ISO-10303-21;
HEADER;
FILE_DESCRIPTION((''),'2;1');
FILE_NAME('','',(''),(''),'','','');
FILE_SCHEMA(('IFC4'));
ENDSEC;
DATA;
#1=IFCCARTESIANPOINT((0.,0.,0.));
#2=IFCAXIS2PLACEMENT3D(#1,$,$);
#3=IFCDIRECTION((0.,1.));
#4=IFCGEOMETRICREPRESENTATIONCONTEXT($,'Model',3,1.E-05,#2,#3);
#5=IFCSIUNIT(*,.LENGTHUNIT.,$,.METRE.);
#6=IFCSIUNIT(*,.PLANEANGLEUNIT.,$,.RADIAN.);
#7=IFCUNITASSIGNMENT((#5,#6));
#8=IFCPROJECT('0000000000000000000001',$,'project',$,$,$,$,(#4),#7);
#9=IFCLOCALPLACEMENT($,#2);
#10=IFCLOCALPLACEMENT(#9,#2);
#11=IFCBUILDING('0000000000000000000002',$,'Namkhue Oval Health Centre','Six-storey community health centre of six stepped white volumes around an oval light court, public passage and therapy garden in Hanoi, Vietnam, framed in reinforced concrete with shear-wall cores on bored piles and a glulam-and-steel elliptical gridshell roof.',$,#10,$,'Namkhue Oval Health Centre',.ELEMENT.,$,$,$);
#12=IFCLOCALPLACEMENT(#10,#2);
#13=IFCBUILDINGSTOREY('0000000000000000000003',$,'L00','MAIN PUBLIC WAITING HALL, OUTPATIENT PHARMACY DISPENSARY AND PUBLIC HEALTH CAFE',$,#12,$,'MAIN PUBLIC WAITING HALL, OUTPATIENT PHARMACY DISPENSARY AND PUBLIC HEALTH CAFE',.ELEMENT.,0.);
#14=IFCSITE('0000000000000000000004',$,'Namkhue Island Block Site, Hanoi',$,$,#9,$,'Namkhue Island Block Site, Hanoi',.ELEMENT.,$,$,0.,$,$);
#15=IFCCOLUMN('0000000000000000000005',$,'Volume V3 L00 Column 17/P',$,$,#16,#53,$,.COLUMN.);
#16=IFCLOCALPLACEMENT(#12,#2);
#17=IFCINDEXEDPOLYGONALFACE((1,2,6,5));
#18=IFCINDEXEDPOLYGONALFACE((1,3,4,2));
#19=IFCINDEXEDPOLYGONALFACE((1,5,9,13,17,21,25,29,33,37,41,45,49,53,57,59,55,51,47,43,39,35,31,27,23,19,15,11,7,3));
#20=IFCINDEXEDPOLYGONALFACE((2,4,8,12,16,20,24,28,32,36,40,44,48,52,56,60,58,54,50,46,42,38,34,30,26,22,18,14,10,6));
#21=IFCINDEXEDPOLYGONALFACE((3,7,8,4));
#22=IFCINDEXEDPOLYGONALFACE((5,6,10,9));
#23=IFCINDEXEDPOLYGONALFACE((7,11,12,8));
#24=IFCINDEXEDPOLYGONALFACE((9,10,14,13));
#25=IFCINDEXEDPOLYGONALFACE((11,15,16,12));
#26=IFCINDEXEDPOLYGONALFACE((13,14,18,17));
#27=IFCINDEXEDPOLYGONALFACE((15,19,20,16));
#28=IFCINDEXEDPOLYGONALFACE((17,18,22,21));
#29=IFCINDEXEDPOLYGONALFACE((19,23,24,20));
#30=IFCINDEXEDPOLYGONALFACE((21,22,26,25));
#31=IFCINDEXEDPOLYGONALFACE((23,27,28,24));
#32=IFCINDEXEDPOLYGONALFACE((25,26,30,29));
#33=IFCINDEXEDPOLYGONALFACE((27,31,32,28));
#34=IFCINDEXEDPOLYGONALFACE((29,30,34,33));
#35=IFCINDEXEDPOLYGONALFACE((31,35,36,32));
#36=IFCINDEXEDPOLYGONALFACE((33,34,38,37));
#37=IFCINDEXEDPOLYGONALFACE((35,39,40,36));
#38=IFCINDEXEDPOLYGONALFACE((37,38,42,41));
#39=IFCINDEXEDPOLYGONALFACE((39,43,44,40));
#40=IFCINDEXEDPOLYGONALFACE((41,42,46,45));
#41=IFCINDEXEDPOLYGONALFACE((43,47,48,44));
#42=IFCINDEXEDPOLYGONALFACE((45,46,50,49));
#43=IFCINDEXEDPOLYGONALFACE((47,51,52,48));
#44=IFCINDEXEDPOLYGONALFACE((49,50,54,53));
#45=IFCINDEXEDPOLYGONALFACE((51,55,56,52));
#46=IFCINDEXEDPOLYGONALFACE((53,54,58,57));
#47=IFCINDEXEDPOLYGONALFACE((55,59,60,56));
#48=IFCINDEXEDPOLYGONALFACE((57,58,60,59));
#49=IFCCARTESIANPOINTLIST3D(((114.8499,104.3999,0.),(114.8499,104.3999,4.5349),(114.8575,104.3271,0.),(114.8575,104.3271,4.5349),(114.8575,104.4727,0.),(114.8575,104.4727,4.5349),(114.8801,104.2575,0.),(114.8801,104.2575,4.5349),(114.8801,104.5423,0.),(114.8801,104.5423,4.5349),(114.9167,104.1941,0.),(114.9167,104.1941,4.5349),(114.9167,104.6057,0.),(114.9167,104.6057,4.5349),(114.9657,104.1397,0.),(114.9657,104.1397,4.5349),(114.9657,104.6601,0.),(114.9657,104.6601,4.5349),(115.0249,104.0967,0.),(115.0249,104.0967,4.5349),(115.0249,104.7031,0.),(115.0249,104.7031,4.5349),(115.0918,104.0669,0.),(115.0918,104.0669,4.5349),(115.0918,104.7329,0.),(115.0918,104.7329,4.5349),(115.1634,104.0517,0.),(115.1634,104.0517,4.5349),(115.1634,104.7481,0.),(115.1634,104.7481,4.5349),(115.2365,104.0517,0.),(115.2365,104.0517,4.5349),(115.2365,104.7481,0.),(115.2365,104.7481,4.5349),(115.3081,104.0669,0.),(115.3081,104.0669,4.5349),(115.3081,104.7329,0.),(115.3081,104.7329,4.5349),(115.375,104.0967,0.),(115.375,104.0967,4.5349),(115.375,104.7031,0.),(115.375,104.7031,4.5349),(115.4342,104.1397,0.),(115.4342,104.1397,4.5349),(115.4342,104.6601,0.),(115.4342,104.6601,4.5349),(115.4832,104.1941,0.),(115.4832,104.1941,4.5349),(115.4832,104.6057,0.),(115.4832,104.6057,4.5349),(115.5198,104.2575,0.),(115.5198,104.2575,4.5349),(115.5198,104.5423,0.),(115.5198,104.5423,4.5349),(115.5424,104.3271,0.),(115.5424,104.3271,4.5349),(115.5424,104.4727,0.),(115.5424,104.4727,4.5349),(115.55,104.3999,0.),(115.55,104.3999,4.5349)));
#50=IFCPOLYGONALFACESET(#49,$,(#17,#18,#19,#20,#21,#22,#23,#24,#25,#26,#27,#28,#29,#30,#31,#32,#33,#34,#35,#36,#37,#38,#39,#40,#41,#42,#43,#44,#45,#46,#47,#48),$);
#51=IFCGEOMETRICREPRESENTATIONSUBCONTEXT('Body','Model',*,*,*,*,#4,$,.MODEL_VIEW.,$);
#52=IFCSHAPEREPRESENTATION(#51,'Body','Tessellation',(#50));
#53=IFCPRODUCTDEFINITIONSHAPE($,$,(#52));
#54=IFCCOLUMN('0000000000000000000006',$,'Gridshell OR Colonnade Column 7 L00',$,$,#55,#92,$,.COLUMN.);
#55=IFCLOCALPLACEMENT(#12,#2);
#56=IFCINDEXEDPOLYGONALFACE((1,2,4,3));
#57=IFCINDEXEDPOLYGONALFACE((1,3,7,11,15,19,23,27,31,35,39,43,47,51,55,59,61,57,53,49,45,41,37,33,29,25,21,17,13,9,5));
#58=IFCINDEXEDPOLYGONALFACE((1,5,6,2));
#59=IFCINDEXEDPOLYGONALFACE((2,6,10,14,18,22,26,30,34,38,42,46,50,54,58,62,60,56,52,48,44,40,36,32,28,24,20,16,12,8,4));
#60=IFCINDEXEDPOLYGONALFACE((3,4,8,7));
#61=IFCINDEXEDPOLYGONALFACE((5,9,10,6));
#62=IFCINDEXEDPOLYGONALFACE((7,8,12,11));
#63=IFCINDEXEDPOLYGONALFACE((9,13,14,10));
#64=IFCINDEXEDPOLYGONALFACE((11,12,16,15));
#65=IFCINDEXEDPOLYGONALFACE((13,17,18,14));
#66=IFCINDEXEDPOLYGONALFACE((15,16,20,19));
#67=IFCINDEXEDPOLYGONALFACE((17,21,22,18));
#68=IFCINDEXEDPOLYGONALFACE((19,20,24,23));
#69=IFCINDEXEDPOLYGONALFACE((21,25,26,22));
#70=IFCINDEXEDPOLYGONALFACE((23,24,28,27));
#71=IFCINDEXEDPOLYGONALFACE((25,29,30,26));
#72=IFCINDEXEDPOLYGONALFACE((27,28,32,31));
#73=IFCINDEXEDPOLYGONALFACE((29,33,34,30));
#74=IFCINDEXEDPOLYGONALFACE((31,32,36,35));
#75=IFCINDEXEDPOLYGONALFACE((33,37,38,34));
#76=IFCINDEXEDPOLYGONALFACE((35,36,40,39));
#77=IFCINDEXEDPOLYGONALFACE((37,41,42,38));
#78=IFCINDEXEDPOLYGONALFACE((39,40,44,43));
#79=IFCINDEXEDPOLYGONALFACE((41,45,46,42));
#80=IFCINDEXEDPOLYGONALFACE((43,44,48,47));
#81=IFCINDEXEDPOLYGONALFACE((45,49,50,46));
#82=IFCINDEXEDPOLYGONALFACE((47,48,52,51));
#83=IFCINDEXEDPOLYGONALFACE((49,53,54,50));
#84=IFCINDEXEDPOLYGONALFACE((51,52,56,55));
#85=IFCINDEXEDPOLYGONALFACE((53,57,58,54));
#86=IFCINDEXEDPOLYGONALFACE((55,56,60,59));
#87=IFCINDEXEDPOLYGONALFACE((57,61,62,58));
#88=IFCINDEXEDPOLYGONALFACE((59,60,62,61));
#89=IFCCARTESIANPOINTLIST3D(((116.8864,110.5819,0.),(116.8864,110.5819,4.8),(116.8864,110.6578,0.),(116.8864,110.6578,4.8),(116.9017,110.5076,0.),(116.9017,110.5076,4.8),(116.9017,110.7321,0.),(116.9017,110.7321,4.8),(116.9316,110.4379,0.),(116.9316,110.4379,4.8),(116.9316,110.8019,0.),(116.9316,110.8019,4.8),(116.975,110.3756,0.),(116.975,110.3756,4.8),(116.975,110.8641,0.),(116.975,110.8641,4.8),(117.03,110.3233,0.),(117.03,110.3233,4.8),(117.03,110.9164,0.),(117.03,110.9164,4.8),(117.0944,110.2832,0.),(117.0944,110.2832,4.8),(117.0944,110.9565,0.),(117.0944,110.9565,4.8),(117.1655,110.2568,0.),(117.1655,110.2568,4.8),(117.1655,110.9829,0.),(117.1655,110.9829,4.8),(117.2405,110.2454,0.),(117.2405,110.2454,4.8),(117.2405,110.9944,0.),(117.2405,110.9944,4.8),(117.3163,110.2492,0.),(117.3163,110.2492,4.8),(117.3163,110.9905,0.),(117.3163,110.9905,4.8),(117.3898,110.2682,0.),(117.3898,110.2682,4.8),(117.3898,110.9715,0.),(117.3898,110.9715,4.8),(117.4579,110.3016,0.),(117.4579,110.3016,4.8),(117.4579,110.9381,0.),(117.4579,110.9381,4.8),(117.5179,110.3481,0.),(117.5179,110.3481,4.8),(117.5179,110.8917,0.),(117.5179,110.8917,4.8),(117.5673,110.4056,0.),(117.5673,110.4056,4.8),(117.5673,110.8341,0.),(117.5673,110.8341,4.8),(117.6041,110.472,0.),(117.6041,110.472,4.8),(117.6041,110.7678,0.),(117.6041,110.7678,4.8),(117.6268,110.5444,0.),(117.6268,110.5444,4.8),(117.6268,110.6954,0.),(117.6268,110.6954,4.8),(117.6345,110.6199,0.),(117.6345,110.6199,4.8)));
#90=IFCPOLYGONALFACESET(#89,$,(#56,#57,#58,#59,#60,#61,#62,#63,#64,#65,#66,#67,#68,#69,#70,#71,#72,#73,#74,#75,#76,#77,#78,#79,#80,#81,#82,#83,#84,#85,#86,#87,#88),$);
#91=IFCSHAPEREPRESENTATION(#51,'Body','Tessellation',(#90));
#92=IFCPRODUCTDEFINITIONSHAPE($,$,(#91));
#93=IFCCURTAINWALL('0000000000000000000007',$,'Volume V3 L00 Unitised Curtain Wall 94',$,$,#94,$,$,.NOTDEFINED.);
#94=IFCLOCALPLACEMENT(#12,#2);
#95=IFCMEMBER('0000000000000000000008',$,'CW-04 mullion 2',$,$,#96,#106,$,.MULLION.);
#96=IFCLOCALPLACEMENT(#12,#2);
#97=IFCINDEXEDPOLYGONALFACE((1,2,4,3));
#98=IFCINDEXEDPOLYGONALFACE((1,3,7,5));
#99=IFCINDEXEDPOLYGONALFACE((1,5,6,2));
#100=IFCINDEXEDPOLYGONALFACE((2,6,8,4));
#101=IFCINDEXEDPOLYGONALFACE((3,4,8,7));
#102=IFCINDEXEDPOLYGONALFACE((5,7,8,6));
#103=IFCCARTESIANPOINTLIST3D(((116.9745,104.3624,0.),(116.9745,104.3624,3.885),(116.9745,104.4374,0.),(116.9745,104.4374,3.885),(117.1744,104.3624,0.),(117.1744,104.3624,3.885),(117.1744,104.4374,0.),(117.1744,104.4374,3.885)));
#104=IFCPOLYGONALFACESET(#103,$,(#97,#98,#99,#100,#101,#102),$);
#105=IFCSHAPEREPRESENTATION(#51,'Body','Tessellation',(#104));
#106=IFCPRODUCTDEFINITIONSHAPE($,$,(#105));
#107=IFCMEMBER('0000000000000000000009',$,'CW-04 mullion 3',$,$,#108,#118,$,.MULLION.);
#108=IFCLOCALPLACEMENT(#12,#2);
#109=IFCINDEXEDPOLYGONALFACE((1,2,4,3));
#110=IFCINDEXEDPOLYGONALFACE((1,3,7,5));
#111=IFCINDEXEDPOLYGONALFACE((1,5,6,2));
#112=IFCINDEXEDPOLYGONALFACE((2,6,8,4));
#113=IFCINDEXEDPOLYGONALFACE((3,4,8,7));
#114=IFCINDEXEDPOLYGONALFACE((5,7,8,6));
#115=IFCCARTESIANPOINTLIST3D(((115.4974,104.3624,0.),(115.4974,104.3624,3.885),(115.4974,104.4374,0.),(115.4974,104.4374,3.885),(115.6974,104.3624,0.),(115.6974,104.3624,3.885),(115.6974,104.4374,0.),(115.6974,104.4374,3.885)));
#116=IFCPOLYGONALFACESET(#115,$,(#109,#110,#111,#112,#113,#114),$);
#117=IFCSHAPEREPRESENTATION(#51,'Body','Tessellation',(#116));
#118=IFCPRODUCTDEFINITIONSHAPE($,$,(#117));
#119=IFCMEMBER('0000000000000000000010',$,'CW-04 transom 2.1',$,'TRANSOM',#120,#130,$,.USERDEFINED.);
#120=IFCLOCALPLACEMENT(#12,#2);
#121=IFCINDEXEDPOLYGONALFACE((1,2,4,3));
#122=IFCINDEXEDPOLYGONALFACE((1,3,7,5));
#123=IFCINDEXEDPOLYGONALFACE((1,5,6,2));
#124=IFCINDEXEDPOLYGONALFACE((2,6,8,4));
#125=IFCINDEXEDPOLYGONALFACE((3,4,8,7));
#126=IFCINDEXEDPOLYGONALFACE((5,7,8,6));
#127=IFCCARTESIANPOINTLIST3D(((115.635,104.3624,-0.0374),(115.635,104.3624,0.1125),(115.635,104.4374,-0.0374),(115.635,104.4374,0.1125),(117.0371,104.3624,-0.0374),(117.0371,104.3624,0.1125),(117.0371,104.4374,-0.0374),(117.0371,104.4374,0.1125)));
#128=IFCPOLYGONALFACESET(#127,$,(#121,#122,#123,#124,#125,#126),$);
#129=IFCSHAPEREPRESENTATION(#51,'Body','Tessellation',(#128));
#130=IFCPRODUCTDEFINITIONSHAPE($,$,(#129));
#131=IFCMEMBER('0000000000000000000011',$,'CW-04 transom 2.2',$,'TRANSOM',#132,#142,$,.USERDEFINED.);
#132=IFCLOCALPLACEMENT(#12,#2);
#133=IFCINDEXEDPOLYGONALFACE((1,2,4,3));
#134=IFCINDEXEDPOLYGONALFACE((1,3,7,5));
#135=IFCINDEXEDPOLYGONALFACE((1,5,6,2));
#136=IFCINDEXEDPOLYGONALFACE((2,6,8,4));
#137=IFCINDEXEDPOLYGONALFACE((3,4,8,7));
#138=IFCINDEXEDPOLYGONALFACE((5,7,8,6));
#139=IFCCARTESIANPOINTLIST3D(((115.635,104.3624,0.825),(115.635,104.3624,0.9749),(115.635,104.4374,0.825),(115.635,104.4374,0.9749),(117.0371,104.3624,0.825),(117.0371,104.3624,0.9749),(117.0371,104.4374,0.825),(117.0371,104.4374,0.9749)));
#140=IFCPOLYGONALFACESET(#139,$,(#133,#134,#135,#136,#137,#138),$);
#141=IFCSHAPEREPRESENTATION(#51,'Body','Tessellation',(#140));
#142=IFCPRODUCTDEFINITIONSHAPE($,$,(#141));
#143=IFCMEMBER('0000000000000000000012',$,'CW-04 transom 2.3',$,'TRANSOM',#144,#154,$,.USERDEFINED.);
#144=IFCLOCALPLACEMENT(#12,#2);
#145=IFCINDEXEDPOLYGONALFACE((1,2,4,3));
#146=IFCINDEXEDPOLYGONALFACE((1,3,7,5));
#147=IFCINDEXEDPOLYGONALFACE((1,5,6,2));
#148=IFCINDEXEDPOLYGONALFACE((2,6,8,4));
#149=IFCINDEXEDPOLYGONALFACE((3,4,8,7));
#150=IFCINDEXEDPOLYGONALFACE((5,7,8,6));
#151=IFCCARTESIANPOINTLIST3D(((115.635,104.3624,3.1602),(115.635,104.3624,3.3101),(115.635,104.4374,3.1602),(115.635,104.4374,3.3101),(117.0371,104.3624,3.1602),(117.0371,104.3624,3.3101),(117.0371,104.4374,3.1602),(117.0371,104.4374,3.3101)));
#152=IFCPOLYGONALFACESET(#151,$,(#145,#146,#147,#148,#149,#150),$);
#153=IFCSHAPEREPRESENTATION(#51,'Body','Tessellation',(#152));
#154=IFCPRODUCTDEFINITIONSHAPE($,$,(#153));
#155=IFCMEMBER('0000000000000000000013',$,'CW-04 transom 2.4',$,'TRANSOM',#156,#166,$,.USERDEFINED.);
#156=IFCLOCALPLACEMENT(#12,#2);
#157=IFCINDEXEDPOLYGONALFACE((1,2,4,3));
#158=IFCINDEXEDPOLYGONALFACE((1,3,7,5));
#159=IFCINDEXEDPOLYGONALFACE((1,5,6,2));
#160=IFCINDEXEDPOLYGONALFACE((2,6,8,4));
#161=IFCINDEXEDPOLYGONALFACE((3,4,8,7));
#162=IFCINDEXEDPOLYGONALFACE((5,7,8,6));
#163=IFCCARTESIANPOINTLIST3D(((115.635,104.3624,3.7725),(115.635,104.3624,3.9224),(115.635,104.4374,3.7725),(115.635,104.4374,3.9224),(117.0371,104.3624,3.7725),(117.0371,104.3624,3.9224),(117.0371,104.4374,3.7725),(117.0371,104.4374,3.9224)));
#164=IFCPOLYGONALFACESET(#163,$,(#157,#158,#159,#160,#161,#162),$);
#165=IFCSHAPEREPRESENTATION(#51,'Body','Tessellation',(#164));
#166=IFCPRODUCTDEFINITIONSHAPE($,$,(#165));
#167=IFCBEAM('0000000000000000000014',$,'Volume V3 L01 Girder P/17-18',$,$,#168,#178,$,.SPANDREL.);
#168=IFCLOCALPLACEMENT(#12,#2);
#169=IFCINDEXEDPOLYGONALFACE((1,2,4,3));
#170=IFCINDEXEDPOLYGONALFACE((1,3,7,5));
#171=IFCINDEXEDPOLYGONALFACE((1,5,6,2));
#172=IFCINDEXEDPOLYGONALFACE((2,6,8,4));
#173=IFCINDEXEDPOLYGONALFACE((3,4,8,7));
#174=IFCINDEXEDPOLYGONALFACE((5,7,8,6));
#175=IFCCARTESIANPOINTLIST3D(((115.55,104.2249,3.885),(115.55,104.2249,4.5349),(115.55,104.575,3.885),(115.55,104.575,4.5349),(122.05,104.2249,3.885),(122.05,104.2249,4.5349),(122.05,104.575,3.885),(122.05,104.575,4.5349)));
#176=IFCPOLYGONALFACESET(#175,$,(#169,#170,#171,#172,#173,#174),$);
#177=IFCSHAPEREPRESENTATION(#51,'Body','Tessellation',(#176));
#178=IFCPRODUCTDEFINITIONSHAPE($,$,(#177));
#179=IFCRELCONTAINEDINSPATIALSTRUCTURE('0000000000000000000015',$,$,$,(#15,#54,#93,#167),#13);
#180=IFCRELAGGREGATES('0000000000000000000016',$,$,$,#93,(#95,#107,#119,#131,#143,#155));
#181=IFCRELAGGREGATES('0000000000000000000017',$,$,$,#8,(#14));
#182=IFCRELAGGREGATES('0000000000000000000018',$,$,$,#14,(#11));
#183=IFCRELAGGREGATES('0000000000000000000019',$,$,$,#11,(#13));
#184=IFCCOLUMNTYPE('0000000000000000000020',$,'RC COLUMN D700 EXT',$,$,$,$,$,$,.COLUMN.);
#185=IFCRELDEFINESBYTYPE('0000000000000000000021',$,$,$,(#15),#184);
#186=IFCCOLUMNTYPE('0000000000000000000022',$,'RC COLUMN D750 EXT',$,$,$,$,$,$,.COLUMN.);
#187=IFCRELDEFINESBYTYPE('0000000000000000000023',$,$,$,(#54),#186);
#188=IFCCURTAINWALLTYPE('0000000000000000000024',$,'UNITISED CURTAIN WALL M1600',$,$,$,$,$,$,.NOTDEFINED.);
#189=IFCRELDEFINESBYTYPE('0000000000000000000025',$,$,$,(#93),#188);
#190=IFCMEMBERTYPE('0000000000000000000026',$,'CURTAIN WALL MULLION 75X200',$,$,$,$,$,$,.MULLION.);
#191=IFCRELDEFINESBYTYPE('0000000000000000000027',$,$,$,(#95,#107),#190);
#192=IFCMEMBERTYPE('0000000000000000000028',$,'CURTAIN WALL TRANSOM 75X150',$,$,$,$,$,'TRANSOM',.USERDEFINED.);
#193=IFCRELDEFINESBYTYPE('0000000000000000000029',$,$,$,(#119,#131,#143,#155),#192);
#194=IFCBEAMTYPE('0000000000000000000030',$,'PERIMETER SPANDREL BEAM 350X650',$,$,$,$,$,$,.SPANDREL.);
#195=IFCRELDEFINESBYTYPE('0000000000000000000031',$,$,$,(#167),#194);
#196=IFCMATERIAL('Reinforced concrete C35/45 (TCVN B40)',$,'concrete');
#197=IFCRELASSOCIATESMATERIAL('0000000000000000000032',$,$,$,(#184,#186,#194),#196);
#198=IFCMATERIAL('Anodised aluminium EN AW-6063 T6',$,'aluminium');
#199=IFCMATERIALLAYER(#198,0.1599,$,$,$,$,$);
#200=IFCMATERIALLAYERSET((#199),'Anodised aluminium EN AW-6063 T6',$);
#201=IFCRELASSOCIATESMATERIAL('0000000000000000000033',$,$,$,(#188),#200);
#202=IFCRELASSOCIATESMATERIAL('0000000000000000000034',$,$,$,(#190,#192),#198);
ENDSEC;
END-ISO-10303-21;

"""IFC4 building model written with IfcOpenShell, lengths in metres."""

from ifc_helpers import new_model, si_unit, direction, frame, origin, origin_2d, place, context, subcontext, project, spatial, rectangle, circle, extrude, material, layer, layer_set, material_profile, profile_set, type_object, element, aggregate, save


model = new_model("IFC4")

# Units and contexts
model_context = context("Model", 3, precision=1e-05, world=origin(), true_north=direction((0.0, 1.0)))
body_context = subcontext(model_context, "Body", "Model", "MODEL_VIEW")
ifc_project = project(units=[si_unit("LENGTHUNIT", "METRE"), si_unit("PLANEANGLEUNIT", "RADIAN")], contexts=[model_context])

# Site, building, storey
site_placement = place(None, origin())
site = spatial("IfcSite", under=ifc_project, at=site_placement, Name="Namkhue Island Block Site, Hanoi", LongName="Namkhue Island Block Site, Hanoi", CompositionType="ELEMENT", RefElevation=0.0)
building_placement = place(site_placement, origin())
building = spatial("IfcBuilding", under=site, at=building_placement, Name="Namkhue Oval Health Centre", Description="Six-storey community health centre of six stepped white volumes around an oval light court, public passage and therapy garden in Hanoi, Vietnam, framed in reinforced concrete with shear-wall cores on bored piles and a glulam-and-steel elliptical gridshell roof.", LongName="Namkhue Oval Health Centre", CompositionType="ELEMENT")
storey_placement = place(building_placement, origin())
storey = spatial("IfcBuildingStorey", under=building, at=storey_placement, Name="L00", Description="MAIN PUBLIC WAITING HALL, OUTPATIENT PHARMACY DISPENSARY AND PUBLIC HEALTH CAFE", LongName="MAIN PUBLIC WAITING HALL, OUTPATIENT PHARMACY DISPENSARY AND PUBLIC HEALTH CAFE", CompositionType="ELEMENT", Elevation=0.0)

# Columns
ifc_material_1 = material(Name="Reinforced concrete C35/45 (TCVN B40)", Category="concrete")
ifc_material_profile_1 = material_profile(ifc_material_1, circle(Radius=0.3501, at=origin_2d()), Name="RC D700")
ifc_profile_set_1 = profile_set([ifc_material_profile_1], Name="Reinforced concrete C35/45 (TCVN B40)")
column_type_1 = type_object("IfcColumnType", Name="RC COLUMN D700 EXT", PredefinedType="COLUMN", material=ifc_profile_set_1)
column_1_placement = place(storey_placement, frame((115.2, 104.3999, 0.0), z_axis=(0.0, 0.0, 1.0), x_axis=(1.0, 0.0, 0.0)))
element("IfcColumn", 1, at=column_1_placement, inside=storey, type_object=column_type_1, Name="Volume V3 L00 Column 17/P", PredefinedType="COLUMN", context=body_context, shape_type="SweptSolid", body=[
    extrude(circle(Radius=0.3501, at=origin_2d()), origin(), (0.0, 0.0, 1.0), 4.5349),
])
ifc_material_profile_2 = material_profile(ifc_material_1, circle(Radius=0.375, at=origin_2d()), Name="RC D750")
ifc_profile_set_2 = profile_set([ifc_material_profile_2], Name="Reinforced concrete C35/45 (TCVN B40)")
column_type_2 = type_object("IfcColumnType", Name="RC COLUMN D750 EXT", PredefinedType="COLUMN", material=ifc_profile_set_2)
column_2_placement = place(storey_placement, frame((117.2595, 110.6199, 0.0), z_axis=(0.0, 0.0, 1.0), x_axis=(1.0, 0.0, 0.0)))
element("IfcColumn", 2, at=column_2_placement, inside=storey, type_object=column_type_2, Name="Gridshell OR Colonnade Column 7 L00", PredefinedType="COLUMN", context=body_context, shape_type="SweptSolid", body=[
    extrude(circle(Radius=0.375, at=origin_2d()), origin(), (0.0, 0.0, 1.0), 4.8),
])

# Curtain wall, members
ifc_material_2 = material(Name="Anodised aluminium EN AW-6063 T6", Category="aluminium")
ifc_layer_1 = layer(ifc_material_2, 0.1599)
ifc_layer_set_1 = layer_set([ifc_layer_1], Name="Anodised aluminium EN AW-6063 T6")
curtain_wall_type = type_object("IfcCurtainWallType", Name="UNITISED CURTAIN WALL M1600", PredefinedType="NOTDEFINED", material=ifc_layer_set_1)
curtain_wall_placement = place(storey_placement, origin())
curtain_wall = element("IfcCurtainWall", 3, at=curtain_wall_placement, inside=storey, type_object=curtain_wall_type, Name="Volume V3 L00 Unitised Curtain Wall 94", PredefinedType="NOTDEFINED")
ifc_material_profile_3 = material_profile(ifc_material_2, rectangle(XDim=0.075, YDim=0.2, at=origin_2d()), Name="ALU 75x200")
ifc_profile_set_3 = profile_set([ifc_material_profile_3], Name="Anodised aluminium EN AW-6063 T6")
member_type_1 = type_object("IfcMemberType", Name="CURTAIN WALL MULLION 75X200", PredefinedType="MULLION", material=ifc_profile_set_3)
member_1_placement = place(storey_placement, frame((117.0745, 104.3999, 0.0), z_axis=(0.0, 0.0, 1.0), x_axis=(0.0, -1.0, 0.0)))
member_1 = element("IfcMember", 4, at=member_1_placement, type_object=member_type_1, Name="CW-04 mullion 2", PredefinedType="MULLION", context=body_context, shape_type="SweptSolid", body=[
    extrude(rectangle(XDim=0.075, YDim=0.2, at=origin_2d()), origin(), (0.0, 0.0, 1.0), 3.885),
])
member_2_placement = place(storey_placement, frame((115.5974, 104.3999, 0.0), z_axis=(0.0, 0.0, 1.0), x_axis=(0.0, -1.0, 0.0)))
member_2 = element("IfcMember", 5, at=member_2_placement, type_object=member_type_1, Name="CW-04 mullion 3", PredefinedType="MULLION", context=body_context, shape_type="SweptSolid", body=[
    extrude(rectangle(XDim=0.075, YDim=0.2, at=origin_2d()), origin(), (0.0, 0.0, 1.0), 3.885),
])
ifc_material_profile_4 = material_profile(ifc_material_2, rectangle(XDim=0.075, YDim=0.1499, at=origin_2d()), Name="ALU 75x150")
ifc_profile_set_4 = profile_set([ifc_material_profile_4], Name="Anodised aluminium EN AW-6063 T6")
member_type_2 = type_object("IfcMemberType", Name="CURTAIN WALL TRANSOM 75X150", ElementType="TRANSOM", PredefinedType="USERDEFINED", material=ifc_profile_set_4)
member_3_placement = place(storey_placement, frame((117.0371, 104.3999, 0.0376), z_axis=(-1.0, 0.0, 0.0), x_axis=(0.0, -1.0, 0.0)))
member_3 = element("IfcMember", 6, at=member_3_placement, type_object=member_type_2, Name="CW-04 transom 2.1", ObjectType="TRANSOM", PredefinedType="USERDEFINED", context=body_context, shape_type="SweptSolid", body=[
    extrude(rectangle(XDim=0.075, YDim=0.1499, at=origin_2d()), origin(), (0.0, 0.0, 1.0), 1.4021),
])
member_4_placement = place(storey_placement, frame((117.0371, 104.3999, 0.8999), z_axis=(-1.0, 0.0, 0.0), x_axis=(0.0, -1.0, 0.0)))
member_4 = element("IfcMember", 7, at=member_4_placement, type_object=member_type_2, Name="CW-04 transom 2.2", ObjectType="TRANSOM", PredefinedType="USERDEFINED", context=body_context, shape_type="SweptSolid", body=[
    extrude(rectangle(XDim=0.075, YDim=0.1499, at=origin_2d()), origin(), (0.0, 0.0, 1.0), 1.4021),
])
member_5_placement = place(storey_placement, frame((117.0371, 104.3999, 3.2351), z_axis=(-1.0, 0.0, 0.0), x_axis=(0.0, -1.0, 0.0)))
member_5 = element("IfcMember", 8, at=member_5_placement, type_object=member_type_2, Name="CW-04 transom 2.3", ObjectType="TRANSOM", PredefinedType="USERDEFINED", context=body_context, shape_type="SweptSolid", body=[
    extrude(rectangle(XDim=0.075, YDim=0.1499, at=origin_2d()), origin(), (0.0, 0.0, 1.0), 1.4021),
])
member_6_placement = place(storey_placement, frame((117.0371, 104.3999, 3.8474), z_axis=(-1.0, 0.0, 0.0), x_axis=(0.0, -1.0, 0.0)))
member_6 = element("IfcMember", 9, at=member_6_placement, type_object=member_type_2, Name="CW-04 transom 2.4", ObjectType="TRANSOM", PredefinedType="USERDEFINED", context=body_context, shape_type="SweptSolid", body=[
    extrude(rectangle(XDim=0.075, YDim=0.1499, at=origin_2d()), origin(), (0.0, 0.0, 1.0), 1.4021),
])

# Beam
ifc_material_profile_5 = material_profile(ifc_material_1, rectangle(XDim=0.3501, YDim=0.6499, at=origin_2d()), Name="RC 350x650")
ifc_profile_set_5 = profile_set([ifc_material_profile_5], Name="Reinforced concrete C35/45 (TCVN B40)")
beam_type = type_object("IfcBeamType", Name="PERIMETER SPANDREL BEAM 350X650", PredefinedType="SPANDREL", material=ifc_profile_set_5)
beam_placement = place(storey_placement, frame((115.55, 104.3999, 4.21), z_axis=(1.0, 0.0, 0.0), x_axis=(0.0, 1.0, 0.0)))
element("IfcBeam", 10, at=beam_placement, inside=storey, type_object=beam_type, Name="Volume V3 L01 Girder P/17-18", PredefinedType="SPANDREL", context=body_context, shape_type="SweptSolid", body=[
    extrude(rectangle(XDim=0.3501, YDim=0.6499, at=origin_2d()), origin(), (0.0, 0.0, 1.0), 6.5),
])

aggregate(curtain_wall, [member_1, member_2, member_3, member_4, member_5, member_6])

save(model, "model.ifc")
